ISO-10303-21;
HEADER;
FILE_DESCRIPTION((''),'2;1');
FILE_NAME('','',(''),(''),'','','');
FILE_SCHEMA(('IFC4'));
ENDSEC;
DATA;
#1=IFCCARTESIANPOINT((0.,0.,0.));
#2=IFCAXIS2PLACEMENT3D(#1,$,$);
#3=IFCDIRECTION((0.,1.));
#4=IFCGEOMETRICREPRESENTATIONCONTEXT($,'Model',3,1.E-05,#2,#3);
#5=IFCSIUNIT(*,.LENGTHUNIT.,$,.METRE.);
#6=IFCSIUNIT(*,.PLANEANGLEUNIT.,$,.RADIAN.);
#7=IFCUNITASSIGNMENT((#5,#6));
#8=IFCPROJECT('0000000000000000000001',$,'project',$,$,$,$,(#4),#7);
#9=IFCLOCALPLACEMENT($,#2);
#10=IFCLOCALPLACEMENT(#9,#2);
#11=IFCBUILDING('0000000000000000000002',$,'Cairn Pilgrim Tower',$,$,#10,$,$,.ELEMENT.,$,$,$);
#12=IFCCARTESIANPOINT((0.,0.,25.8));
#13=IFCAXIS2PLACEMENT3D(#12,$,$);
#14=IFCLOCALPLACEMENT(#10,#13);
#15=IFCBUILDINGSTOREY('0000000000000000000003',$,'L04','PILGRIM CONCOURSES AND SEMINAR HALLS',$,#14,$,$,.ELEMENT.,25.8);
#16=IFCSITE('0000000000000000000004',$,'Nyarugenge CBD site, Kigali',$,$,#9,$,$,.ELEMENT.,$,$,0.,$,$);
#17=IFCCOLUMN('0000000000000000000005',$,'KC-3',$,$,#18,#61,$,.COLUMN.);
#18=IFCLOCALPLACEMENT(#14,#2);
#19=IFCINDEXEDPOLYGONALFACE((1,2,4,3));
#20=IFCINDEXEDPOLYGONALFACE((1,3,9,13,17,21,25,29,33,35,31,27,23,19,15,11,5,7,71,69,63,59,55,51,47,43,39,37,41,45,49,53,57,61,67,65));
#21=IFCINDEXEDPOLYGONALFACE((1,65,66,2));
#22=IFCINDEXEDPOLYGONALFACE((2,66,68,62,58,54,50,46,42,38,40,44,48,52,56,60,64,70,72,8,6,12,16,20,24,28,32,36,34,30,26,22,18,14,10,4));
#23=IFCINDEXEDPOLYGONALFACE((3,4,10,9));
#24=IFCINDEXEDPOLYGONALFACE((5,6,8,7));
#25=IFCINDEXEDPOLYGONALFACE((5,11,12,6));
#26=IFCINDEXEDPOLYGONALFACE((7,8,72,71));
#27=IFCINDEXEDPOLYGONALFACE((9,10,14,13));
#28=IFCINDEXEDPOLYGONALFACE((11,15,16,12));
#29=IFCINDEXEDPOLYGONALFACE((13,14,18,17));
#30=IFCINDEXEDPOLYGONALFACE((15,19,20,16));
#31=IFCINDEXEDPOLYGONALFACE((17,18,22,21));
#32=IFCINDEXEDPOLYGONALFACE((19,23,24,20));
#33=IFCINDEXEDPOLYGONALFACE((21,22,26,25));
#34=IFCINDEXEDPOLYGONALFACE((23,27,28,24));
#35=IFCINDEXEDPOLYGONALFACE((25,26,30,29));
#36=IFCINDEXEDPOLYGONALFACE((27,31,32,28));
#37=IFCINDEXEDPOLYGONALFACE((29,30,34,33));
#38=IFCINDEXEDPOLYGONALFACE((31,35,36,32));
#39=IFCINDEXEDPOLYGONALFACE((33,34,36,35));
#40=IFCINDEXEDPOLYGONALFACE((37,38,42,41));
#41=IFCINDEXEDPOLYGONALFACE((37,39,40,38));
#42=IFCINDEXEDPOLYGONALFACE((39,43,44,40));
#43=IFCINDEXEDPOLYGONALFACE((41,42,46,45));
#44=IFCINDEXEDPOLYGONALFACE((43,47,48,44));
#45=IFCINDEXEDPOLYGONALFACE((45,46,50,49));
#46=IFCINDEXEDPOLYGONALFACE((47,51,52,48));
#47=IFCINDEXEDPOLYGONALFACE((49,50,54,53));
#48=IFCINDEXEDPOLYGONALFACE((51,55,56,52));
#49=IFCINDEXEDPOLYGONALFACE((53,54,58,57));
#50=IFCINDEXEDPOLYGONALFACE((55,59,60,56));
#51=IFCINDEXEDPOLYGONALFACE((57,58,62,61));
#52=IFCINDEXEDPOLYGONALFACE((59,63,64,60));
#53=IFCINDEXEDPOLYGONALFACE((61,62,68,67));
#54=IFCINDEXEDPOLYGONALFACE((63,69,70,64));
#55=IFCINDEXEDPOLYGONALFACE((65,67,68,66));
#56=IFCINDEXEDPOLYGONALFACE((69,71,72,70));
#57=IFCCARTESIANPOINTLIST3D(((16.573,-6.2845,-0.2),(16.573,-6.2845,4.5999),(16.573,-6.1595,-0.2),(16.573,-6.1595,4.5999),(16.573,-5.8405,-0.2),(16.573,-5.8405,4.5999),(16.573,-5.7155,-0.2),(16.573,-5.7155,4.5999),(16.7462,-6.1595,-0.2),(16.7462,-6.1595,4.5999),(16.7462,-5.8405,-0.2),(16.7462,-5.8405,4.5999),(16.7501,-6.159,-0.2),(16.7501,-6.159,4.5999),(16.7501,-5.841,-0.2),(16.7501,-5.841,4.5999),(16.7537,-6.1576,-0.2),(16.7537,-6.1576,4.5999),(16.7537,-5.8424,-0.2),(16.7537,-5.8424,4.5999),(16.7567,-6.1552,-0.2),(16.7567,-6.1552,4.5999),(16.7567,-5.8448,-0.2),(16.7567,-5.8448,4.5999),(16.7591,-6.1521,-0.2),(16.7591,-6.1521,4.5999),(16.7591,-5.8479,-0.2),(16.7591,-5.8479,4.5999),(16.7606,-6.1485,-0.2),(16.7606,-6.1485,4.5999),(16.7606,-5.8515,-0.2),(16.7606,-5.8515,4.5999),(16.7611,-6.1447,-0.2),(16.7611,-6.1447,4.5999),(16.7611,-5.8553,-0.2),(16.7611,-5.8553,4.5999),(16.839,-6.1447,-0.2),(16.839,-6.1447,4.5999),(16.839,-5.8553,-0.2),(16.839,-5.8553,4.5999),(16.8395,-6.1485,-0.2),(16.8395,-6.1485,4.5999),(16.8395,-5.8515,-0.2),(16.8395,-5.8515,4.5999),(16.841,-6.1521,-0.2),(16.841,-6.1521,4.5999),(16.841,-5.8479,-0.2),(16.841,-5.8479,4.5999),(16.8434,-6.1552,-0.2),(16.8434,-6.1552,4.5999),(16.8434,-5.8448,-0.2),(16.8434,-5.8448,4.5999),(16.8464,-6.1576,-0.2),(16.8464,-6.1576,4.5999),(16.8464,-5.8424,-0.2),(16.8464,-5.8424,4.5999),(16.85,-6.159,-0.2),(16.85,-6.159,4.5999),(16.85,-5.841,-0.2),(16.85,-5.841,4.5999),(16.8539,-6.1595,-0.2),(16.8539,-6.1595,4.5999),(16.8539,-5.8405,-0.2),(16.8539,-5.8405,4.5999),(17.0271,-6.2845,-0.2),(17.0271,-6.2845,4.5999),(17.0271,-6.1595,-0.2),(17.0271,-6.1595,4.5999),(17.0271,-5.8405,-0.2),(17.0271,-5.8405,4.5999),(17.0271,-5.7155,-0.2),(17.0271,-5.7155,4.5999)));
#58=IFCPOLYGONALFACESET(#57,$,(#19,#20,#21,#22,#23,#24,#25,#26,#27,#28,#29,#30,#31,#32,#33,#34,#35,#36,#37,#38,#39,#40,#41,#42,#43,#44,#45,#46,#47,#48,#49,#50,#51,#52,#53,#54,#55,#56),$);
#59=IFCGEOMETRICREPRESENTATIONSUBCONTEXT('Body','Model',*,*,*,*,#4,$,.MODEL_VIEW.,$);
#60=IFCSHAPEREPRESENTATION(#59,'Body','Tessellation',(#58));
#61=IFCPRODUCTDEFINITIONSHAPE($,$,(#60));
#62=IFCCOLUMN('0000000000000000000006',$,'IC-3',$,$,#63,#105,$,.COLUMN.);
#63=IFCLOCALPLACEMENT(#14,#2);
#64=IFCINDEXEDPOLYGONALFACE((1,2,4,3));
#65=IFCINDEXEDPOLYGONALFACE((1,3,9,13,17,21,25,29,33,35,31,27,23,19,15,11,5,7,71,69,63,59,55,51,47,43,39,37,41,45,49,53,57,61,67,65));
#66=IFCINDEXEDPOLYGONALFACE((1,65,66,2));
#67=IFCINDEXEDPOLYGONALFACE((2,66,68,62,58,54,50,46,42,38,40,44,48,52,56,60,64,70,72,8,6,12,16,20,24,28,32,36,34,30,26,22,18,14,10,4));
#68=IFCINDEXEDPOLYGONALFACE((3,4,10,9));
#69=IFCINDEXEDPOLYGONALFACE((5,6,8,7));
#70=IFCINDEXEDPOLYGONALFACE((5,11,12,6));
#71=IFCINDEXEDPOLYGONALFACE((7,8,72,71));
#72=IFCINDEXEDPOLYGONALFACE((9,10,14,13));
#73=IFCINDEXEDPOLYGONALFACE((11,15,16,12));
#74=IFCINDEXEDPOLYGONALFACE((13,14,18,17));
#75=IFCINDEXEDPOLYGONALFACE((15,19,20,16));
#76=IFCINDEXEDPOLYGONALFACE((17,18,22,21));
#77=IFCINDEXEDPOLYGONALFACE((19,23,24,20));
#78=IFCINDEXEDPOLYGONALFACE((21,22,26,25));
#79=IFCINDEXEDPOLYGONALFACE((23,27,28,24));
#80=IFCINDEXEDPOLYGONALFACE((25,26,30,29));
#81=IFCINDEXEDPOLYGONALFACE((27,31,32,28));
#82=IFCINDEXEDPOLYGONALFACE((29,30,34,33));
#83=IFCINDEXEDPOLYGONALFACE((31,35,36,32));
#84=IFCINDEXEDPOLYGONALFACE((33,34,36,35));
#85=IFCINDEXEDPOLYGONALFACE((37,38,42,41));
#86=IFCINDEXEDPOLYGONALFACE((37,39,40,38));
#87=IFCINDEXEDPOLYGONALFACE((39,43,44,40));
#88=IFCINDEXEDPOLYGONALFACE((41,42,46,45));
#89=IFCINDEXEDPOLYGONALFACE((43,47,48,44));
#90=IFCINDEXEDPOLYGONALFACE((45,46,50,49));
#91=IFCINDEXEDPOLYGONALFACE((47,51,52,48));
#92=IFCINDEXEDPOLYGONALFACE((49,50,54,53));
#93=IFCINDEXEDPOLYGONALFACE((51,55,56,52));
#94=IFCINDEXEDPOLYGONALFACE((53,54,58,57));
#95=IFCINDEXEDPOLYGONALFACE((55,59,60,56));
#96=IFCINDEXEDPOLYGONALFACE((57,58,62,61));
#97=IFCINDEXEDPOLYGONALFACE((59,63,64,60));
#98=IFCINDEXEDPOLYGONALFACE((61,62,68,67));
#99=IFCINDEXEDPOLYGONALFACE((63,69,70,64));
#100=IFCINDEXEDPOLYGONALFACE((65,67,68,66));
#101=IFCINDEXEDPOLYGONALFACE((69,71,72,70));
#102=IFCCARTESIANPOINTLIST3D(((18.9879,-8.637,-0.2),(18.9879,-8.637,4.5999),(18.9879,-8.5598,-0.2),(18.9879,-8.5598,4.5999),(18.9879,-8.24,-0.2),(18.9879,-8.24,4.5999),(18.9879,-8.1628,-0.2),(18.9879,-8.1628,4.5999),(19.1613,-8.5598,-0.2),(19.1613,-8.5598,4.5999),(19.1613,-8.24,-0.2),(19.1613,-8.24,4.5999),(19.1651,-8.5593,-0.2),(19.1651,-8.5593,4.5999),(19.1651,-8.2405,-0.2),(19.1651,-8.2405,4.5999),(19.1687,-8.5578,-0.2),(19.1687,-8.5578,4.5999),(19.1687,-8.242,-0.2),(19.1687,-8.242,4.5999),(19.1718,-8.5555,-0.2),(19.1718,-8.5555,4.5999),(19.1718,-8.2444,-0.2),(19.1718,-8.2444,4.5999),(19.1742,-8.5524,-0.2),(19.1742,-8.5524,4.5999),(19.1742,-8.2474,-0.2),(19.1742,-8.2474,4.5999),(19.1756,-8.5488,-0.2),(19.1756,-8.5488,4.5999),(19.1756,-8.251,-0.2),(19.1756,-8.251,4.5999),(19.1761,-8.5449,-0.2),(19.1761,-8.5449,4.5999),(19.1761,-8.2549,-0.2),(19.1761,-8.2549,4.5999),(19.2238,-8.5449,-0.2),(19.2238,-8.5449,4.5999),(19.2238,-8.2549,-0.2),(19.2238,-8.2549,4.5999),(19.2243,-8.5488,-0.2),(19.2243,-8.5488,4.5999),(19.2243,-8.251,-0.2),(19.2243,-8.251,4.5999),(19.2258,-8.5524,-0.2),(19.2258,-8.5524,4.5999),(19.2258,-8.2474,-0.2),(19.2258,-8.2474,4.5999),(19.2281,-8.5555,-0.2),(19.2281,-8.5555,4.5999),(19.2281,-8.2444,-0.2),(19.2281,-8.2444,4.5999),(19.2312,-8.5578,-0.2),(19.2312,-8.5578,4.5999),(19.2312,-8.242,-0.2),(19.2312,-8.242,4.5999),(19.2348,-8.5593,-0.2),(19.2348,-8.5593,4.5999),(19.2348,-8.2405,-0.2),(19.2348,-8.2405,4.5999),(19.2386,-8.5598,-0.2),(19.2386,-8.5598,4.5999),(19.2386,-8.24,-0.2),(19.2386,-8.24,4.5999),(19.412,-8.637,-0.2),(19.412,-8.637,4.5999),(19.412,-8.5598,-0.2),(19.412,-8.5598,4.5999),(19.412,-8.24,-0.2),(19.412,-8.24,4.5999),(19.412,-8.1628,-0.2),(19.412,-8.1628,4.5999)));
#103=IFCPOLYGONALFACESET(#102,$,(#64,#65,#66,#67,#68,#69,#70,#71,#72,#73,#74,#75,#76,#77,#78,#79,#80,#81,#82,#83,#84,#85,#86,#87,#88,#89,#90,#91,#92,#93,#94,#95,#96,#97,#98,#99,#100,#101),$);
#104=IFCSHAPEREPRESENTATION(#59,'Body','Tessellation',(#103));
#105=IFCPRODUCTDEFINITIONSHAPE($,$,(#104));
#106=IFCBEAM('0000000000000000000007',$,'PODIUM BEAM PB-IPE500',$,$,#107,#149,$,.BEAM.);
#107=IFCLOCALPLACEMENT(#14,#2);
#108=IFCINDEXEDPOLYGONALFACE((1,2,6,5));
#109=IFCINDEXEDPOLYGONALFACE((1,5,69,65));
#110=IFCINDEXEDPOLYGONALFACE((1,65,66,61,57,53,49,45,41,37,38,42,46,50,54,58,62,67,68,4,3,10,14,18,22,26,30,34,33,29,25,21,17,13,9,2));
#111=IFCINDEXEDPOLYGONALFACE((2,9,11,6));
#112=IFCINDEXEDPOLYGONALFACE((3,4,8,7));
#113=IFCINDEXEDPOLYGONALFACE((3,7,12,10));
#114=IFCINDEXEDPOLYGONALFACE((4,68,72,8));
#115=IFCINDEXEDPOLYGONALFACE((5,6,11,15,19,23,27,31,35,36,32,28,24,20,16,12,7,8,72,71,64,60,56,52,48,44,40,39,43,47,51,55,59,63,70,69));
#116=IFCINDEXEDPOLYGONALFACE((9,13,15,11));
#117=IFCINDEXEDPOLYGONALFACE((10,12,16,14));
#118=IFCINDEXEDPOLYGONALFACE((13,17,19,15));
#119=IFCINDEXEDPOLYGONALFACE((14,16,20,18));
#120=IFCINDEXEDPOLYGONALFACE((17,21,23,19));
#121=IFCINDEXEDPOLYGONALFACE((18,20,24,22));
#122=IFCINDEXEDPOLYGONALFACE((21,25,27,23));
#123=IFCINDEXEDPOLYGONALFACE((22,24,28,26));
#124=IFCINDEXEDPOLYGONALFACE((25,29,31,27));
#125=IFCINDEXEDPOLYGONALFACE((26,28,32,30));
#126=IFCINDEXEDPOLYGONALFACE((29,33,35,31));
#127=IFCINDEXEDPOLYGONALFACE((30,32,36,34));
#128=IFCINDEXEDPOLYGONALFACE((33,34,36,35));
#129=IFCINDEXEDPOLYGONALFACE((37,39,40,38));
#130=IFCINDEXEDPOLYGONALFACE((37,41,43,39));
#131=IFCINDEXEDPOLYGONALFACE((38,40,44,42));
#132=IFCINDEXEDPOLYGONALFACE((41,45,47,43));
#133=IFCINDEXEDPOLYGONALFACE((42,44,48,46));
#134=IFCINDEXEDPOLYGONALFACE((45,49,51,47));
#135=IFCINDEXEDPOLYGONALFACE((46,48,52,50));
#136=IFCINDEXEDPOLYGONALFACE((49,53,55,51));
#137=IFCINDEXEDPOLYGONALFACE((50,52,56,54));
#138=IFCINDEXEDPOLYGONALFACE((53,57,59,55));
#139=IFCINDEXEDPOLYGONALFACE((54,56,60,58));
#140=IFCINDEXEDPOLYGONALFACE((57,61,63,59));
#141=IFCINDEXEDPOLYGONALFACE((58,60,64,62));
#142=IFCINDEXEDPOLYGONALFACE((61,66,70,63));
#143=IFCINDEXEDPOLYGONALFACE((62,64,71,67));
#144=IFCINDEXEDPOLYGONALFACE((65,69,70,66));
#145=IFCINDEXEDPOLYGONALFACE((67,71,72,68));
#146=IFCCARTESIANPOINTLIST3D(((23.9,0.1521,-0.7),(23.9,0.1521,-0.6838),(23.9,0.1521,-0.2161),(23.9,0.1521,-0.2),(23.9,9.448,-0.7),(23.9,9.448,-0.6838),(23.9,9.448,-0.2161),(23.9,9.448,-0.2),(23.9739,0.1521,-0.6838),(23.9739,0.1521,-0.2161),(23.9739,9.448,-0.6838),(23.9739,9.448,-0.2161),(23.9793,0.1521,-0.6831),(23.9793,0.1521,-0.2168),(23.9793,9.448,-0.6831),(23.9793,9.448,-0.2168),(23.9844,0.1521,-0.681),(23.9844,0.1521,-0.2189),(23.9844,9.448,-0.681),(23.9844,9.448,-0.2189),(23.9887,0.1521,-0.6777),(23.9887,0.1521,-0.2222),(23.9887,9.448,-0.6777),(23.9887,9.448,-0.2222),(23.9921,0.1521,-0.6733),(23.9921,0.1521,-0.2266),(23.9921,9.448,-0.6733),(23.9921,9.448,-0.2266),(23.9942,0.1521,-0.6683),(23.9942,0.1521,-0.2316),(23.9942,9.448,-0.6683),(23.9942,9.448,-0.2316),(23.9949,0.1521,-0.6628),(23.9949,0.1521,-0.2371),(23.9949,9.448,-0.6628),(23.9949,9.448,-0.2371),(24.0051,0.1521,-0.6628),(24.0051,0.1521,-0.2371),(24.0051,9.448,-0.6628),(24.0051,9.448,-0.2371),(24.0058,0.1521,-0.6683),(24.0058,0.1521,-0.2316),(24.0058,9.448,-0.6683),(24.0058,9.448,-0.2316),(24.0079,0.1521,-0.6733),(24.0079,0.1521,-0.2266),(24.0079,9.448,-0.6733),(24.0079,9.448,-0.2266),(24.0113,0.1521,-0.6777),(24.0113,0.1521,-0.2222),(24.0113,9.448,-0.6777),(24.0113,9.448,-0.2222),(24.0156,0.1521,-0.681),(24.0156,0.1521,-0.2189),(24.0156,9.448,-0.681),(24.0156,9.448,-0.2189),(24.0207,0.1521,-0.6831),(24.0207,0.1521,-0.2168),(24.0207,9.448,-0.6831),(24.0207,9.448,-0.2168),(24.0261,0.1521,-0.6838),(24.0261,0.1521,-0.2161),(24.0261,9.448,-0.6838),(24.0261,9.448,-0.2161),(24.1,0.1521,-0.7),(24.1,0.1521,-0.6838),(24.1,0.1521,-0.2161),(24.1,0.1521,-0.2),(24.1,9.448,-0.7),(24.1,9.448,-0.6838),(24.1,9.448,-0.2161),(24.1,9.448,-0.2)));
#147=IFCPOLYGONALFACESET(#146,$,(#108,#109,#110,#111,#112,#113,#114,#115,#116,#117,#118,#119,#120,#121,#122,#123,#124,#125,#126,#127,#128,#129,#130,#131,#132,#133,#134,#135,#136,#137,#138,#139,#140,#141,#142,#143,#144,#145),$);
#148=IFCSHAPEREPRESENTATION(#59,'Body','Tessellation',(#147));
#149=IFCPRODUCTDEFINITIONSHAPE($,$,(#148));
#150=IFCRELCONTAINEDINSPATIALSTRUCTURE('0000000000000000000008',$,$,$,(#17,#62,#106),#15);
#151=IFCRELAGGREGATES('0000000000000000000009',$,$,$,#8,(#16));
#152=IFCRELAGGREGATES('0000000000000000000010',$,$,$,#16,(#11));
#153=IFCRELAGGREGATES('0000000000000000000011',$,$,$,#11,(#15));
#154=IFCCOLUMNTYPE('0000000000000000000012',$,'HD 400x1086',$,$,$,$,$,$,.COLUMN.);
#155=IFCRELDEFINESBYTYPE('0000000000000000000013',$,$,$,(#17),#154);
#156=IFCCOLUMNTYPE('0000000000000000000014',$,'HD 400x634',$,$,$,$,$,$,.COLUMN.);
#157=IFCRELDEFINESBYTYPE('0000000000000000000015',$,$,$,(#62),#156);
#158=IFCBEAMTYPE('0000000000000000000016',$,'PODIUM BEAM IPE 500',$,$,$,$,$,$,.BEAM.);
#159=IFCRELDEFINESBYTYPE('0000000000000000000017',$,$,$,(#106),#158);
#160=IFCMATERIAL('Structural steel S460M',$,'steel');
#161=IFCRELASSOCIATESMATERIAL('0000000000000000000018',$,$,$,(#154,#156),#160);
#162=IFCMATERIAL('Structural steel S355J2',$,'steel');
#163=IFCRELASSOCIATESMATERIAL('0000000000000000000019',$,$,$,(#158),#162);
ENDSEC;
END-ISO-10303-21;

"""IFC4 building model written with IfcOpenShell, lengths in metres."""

from ifc_helpers import new_model, si_unit, direction, frame, origin, origin_2d, place, context, subcontext, project, spatial, i_section, extrude, material, material_profile, profile_set, type_object, element, save


model = new_model("IFC4")

# Units and contexts
model_context = context("Model", 3, precision=1e-05, world=origin(), true_north=direction((0.0, 1.0)))
body_context = subcontext(model_context, "Body", "Model", "MODEL_VIEW")
ifc_project = project(units=[si_unit("LENGTHUNIT", "METRE"), si_unit("PLANEANGLEUNIT", "RADIAN")], contexts=[model_context])

# Site, building, storey
site_placement = place(None, origin())
site = spatial("IfcSite", under=ifc_project, at=site_placement, Name="Nyarugenge CBD site, Kigali", CompositionType="ELEMENT", RefElevation=0.0)
building_placement = place(site_placement, origin())
building = spatial("IfcBuilding", under=site, at=building_placement, Name="Cairn Pilgrim Tower", CompositionType="ELEMENT")
storey_placement = place(building_placement, frame((0.0, 0.0, 25.8)))
storey = spatial("IfcBuildingStorey", under=building, at=storey_placement, Name="L04", Description="PILGRIM CONCOURSES AND SEMINAR HALLS", CompositionType="ELEMENT", Elevation=25.8)

# Columns
ifc_material_1 = material(Name="Structural steel S460M", Category="steel")
ifc_material_profile_1 = material_profile(ifc_material_1, i_section(OverallWidth=0.4541, OverallDepth=0.5691, WebThickness=0.0779, FlangeThickness=0.125, FilletRadius=0.0149, at=origin_2d()), Name="HD 400x1086")
ifc_profile_set_1 = profile_set([ifc_material_profile_1], Name="Structural steel S460M")
column_type_1 = type_object("IfcColumnType", Name="HD 400x1086", PredefinedType="COLUMN", material=ifc_profile_set_1)
column_1_placement = place(storey_placement, frame((16.8, -6.0, -0.2), z_axis=(0.0, 0.0, 1.0), x_axis=(1.0, 0.0, 0.0)))
element("IfcColumn", 1, at=column_1_placement, inside=storey, type_object=column_type_1, Name="KC-3", PredefinedType="COLUMN", context=body_context, shape_type="SweptSolid", body=[
    extrude(i_section(OverallWidth=0.4541, OverallDepth=0.5691, WebThickness=0.0779, FlangeThickness=0.125, FilletRadius=0.0149, at=origin_2d()), origin(), (0.0, 0.0, 1.0), 4.7998),
])
ifc_material_profile_2 = material_profile(ifc_material_1, i_section(OverallWidth=0.4241, OverallDepth=0.4741, WebThickness=0.0476, FlangeThickness=0.0771, FilletRadius=0.0149, at=origin_2d()), Name="HD 400x634")
ifc_profile_set_2 = profile_set([ifc_material_profile_2], Name="Structural steel S460M")
column_type_2 = type_object("IfcColumnType", Name="HD 400x634", PredefinedType="COLUMN", material=ifc_profile_set_2)
column_2_placement = place(storey_placement, frame((19.2, -8.3999, -0.2), z_axis=(0.0, 0.0, 1.0), x_axis=(1.0, 0.0, 0.0)))
element("IfcColumn", 2, at=column_2_placement, inside=storey, type_object=column_type_2, Name="IC-3", PredefinedType="COLUMN", context=body_context, shape_type="SweptSolid", body=[
    extrude(i_section(OverallWidth=0.4241, OverallDepth=0.4741, WebThickness=0.0476, FlangeThickness=0.0771, FilletRadius=0.0149, at=origin_2d()), origin(), (0.0, 0.0, 1.0), 4.7998),
])

# Beam
ifc_material_2 = material(Name="Structural steel S355J2", Category="steel")
ifc_material_profile_3 = material_profile(ifc_material_2, i_section(OverallWidth=0.2, OverallDepth=0.5, WebThickness=0.0103, FlangeThickness=0.0161, FilletRadius=0.021, at=origin_2d()), Name="IPE 500")
ifc_profile_set_3 = profile_set([ifc_material_profile_3], Name="Structural steel S355J2")
beam_type_1 = type_object("IfcBeamType", Name="PODIUM BEAM IPE 500", PredefinedType="BEAM", material=ifc_profile_set_3)
beam_1_placement = place(storey_placement, frame((24.0, 0.1521, -0.45), z_axis=(0.0, 1.0, 0.0), x_axis=(-1.0, 0.0, 0.0)))
element("IfcBeam", 3, at=beam_1_placement, inside=storey, type_object=beam_type_1, Name="PODIUM BEAM PB-IPE500", PredefinedType="BEAM", context=body_context, shape_type="SweptSolid", body=[
    extrude(i_section(OverallWidth=0.2, OverallDepth=0.5, WebThickness=0.0103, FlangeThickness=0.0161, FilletRadius=0.021, at=origin_2d()), origin(), (0.0, 0.0, 1.0), 9.2959),
])

save(model, "model.ifc")
